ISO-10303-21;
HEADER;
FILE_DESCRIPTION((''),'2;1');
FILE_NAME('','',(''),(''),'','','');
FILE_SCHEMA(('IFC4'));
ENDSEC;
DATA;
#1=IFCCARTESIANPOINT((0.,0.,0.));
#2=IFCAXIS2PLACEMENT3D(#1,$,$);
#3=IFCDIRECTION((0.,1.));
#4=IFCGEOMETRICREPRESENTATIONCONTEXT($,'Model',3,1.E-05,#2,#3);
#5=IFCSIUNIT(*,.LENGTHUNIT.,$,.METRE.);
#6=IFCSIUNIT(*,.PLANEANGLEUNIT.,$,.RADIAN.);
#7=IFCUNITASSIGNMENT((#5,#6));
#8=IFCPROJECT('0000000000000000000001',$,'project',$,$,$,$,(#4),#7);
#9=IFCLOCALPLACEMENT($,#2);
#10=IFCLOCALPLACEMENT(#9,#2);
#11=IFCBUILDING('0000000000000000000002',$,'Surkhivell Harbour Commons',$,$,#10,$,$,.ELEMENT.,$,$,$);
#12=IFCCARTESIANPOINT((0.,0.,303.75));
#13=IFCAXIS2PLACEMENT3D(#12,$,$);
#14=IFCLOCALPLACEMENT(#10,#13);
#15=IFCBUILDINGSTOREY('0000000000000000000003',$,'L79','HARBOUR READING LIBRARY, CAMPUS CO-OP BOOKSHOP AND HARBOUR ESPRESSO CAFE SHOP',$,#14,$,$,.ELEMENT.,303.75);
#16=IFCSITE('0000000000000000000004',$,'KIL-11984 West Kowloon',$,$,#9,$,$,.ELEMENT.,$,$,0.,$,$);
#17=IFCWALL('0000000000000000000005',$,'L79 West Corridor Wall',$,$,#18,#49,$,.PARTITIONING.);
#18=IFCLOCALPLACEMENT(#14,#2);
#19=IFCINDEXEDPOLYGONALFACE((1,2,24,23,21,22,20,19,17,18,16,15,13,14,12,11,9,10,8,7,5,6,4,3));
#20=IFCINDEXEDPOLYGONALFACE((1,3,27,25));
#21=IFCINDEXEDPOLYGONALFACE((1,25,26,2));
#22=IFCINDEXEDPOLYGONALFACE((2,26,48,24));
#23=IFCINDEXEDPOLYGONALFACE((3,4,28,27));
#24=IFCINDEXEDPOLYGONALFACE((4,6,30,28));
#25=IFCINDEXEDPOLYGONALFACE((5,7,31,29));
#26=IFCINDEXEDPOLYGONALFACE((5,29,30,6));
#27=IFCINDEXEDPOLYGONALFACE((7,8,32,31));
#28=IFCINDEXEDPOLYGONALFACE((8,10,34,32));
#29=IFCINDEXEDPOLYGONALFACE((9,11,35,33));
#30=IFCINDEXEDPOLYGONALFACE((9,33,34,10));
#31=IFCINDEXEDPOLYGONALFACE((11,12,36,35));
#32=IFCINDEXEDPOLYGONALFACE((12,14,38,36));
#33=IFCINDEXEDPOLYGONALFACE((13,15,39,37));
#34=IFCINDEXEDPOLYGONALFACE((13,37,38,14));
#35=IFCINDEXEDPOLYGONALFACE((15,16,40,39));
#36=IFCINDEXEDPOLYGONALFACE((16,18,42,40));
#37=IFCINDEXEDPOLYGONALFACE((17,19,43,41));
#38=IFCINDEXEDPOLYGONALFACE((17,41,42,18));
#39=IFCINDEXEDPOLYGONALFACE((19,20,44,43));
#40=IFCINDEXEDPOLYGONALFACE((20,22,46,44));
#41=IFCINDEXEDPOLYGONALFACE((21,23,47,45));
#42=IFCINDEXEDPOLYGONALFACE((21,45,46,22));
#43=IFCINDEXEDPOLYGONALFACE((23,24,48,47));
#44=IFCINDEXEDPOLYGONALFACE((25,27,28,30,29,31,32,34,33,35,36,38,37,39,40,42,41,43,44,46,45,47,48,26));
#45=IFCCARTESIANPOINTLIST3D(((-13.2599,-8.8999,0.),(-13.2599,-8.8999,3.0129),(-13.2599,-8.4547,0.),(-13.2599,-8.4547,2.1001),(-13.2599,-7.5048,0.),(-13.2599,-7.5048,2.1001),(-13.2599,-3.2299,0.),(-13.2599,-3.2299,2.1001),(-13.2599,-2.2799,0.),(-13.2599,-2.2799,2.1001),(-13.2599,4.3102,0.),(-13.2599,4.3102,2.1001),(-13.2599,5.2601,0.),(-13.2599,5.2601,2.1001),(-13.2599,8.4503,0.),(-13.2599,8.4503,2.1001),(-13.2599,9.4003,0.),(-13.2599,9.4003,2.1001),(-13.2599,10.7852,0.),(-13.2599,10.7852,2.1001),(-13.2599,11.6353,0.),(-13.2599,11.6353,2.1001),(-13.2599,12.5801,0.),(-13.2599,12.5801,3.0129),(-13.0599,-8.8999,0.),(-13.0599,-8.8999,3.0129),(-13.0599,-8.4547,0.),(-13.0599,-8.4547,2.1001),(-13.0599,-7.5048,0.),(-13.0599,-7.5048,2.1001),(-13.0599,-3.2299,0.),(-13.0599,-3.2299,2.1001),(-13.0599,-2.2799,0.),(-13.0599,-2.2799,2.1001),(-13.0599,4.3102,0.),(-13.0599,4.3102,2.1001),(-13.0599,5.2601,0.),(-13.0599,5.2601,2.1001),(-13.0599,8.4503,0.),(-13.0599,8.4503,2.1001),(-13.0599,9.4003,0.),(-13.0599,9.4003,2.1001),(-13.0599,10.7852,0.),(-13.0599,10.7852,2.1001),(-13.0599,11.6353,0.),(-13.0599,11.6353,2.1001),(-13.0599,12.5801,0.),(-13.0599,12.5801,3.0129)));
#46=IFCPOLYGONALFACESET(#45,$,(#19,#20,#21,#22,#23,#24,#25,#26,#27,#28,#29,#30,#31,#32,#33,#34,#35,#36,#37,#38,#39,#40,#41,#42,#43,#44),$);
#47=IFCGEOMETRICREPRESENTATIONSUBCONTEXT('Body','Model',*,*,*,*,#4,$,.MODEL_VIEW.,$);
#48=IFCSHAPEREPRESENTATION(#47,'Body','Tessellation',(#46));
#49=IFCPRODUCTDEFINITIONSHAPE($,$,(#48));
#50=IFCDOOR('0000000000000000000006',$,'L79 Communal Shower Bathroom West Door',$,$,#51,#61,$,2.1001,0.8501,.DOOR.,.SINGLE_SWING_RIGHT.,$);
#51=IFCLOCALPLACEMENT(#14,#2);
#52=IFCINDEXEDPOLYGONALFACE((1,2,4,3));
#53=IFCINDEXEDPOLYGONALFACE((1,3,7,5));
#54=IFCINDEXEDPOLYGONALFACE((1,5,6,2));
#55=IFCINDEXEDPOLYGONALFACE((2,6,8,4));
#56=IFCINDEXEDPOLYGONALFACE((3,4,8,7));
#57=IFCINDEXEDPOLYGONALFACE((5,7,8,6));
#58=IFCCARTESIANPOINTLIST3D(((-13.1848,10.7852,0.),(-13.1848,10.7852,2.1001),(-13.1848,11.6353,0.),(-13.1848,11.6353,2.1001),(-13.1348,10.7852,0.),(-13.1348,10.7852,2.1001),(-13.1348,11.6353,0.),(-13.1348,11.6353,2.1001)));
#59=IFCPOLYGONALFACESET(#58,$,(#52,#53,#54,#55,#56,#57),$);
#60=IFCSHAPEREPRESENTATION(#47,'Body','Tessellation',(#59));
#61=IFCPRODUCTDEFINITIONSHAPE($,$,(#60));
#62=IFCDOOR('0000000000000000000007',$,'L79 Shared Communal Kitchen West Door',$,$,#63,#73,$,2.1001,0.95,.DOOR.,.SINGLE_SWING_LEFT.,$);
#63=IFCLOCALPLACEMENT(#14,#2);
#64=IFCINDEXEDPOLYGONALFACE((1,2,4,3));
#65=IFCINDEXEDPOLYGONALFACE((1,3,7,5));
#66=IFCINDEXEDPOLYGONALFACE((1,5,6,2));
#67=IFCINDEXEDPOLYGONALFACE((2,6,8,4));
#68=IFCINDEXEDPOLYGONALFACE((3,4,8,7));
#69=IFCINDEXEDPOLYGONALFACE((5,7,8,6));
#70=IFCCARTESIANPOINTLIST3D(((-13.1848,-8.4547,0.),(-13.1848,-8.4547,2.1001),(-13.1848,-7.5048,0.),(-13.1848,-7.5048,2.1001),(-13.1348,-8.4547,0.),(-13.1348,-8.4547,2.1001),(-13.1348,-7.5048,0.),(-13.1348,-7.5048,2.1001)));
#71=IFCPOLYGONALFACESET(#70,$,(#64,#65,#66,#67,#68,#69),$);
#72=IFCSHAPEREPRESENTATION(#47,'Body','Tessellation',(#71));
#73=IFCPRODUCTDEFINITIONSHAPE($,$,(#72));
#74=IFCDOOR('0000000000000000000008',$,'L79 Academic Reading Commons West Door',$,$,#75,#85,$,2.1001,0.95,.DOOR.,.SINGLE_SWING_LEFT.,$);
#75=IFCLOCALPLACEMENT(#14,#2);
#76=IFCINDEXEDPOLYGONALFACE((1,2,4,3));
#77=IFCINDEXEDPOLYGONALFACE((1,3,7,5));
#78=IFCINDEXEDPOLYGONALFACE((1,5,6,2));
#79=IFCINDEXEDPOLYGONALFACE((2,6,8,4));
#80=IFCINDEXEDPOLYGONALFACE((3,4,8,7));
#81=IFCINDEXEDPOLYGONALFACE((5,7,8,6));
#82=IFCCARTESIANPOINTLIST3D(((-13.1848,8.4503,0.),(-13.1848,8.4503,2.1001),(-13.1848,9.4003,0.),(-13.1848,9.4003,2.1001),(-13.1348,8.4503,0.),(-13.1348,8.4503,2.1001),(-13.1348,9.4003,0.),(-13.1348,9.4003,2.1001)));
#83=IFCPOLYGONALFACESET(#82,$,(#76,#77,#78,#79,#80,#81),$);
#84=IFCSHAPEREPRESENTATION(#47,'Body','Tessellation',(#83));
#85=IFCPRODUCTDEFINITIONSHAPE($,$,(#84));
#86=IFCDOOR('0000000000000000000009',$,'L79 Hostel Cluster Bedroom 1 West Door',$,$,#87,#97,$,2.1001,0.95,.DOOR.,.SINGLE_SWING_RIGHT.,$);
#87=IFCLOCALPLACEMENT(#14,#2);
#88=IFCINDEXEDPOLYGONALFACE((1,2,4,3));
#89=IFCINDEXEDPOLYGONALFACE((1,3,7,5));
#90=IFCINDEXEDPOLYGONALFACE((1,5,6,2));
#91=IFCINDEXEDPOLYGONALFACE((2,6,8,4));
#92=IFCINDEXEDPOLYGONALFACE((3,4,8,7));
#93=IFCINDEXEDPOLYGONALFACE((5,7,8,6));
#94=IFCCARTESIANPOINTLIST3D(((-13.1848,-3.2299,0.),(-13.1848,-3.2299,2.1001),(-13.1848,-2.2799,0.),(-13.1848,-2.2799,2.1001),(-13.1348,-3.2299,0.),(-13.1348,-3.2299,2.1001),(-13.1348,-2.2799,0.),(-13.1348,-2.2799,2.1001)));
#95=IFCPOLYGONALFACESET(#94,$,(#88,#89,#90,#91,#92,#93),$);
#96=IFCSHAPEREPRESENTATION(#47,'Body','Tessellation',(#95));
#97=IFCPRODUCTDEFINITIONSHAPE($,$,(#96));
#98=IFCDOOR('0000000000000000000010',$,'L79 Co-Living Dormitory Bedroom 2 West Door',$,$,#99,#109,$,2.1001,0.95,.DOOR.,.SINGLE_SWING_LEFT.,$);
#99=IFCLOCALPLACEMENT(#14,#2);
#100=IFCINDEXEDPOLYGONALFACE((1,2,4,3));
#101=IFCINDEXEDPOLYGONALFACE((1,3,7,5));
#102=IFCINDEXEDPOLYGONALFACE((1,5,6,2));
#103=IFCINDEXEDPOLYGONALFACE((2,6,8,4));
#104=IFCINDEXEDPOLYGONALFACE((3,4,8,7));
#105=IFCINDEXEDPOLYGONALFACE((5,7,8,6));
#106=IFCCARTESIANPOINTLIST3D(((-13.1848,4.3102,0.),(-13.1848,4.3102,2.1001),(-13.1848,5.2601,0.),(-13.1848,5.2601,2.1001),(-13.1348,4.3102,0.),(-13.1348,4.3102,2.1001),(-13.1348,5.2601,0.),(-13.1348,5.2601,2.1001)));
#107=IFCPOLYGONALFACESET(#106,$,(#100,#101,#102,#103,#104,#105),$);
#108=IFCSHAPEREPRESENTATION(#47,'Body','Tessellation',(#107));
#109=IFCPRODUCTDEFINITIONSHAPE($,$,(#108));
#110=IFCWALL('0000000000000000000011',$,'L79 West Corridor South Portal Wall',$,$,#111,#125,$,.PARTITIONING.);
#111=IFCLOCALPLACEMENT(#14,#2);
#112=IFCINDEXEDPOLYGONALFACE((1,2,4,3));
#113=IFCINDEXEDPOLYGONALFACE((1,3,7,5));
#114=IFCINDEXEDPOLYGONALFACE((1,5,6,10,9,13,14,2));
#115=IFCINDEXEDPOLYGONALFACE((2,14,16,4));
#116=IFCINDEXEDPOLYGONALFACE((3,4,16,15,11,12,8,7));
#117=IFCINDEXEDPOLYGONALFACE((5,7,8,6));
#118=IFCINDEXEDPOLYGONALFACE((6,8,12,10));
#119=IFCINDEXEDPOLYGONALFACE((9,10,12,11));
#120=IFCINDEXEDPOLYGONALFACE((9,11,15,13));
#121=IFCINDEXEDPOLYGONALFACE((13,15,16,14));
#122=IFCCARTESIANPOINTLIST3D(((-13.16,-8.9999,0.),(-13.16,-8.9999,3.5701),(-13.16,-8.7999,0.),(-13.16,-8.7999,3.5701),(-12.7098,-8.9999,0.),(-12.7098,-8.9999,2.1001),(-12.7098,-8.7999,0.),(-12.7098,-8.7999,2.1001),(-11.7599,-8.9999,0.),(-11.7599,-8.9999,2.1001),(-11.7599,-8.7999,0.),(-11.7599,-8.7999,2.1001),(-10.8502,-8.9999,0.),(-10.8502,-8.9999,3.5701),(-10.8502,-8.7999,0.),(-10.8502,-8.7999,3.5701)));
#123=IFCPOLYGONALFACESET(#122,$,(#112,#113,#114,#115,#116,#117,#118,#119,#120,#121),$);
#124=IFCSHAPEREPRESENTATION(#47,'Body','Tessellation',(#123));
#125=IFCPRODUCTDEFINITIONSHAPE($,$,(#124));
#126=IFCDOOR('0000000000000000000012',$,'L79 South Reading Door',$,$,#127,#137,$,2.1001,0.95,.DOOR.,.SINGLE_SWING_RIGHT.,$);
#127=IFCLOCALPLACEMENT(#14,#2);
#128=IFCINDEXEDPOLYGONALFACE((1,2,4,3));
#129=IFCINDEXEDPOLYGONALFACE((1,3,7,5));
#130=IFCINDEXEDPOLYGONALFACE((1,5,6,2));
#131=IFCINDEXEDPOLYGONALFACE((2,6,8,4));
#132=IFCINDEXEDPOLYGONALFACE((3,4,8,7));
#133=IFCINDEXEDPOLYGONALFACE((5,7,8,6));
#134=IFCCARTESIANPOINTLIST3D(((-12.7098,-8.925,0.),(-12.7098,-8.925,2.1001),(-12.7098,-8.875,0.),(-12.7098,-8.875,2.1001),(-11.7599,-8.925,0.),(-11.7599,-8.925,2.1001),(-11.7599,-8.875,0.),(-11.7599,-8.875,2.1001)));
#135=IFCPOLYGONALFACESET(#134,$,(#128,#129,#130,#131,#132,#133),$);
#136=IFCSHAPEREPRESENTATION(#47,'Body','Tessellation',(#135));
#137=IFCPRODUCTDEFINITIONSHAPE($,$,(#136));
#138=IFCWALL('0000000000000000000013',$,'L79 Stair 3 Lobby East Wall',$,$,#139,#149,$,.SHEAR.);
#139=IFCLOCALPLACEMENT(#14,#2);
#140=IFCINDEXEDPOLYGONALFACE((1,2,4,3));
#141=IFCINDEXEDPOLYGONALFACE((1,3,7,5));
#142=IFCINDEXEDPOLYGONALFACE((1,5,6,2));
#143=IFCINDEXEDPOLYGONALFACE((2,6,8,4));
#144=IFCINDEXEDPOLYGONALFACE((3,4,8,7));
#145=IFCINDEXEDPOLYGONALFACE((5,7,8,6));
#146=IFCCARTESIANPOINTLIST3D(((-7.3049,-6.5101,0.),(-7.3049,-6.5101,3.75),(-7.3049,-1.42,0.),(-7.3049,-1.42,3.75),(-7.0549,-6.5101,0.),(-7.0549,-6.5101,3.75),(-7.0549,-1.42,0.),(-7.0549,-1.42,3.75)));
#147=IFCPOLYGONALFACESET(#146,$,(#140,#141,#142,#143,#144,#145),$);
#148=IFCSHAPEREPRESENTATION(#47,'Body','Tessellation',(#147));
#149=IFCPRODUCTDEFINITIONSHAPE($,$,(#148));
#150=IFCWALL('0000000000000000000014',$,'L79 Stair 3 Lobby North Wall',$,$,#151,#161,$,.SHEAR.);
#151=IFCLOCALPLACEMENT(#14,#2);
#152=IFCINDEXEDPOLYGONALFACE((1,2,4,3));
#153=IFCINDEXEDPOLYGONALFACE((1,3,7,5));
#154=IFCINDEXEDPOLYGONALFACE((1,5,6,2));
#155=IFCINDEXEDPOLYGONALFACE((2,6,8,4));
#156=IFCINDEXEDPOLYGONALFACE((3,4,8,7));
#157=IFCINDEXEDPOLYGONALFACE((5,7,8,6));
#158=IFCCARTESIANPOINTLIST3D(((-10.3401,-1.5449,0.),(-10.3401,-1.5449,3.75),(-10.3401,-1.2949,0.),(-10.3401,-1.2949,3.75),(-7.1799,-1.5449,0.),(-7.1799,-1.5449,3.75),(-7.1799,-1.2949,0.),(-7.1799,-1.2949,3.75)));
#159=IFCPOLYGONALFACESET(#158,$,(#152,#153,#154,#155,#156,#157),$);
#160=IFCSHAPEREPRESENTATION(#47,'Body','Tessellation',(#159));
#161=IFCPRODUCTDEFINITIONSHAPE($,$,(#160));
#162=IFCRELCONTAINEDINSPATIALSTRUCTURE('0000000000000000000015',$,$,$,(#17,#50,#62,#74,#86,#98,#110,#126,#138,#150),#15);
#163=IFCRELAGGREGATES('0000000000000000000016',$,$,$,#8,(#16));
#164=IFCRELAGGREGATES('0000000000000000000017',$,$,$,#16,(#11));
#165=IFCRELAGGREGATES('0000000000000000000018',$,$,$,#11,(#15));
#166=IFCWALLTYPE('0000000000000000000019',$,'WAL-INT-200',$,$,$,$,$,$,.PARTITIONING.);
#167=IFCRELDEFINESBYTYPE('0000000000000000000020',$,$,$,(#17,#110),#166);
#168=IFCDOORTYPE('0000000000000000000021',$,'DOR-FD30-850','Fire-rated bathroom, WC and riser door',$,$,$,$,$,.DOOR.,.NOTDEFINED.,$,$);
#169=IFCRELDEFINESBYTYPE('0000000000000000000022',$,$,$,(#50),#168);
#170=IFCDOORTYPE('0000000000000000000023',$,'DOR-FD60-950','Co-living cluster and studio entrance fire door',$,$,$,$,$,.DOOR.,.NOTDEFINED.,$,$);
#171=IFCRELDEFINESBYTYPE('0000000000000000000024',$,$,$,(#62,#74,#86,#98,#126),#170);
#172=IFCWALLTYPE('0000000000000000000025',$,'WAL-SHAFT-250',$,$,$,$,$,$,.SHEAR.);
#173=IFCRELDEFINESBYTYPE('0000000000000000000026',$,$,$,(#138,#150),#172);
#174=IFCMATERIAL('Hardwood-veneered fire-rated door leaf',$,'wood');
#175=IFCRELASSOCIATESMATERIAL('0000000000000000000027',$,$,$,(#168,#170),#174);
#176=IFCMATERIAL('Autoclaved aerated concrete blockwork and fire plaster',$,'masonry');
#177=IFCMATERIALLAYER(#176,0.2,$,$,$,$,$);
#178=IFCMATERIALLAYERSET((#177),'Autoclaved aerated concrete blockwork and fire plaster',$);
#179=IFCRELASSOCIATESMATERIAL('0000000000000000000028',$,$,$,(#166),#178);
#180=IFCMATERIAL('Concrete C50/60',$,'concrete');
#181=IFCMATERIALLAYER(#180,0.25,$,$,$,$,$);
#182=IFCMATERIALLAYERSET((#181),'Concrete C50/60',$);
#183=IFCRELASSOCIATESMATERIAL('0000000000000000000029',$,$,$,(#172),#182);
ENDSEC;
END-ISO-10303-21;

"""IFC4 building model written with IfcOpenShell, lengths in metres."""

from ifc_helpers import new_model, si_unit, direction, frame, frame_2d, origin, place, context, subcontext, project, spatial, rectangle, extrude, material, layer, layer_set, type_object, element, fill, save


model = new_model("IFC4")

# Units and contexts
model_context = context("Model", 3, precision=1e-05, world=origin(), true_north=direction((0.0, 1.0)))
body_context = subcontext(model_context, "Body", "Model", "MODEL_VIEW")
ifc_project = project(units=[si_unit("LENGTHUNIT", "METRE"), si_unit("PLANEANGLEUNIT", "RADIAN")], contexts=[model_context])

# Site, building, storey
site_placement = place(None, origin())
site = spatial("IfcSite", under=ifc_project, at=site_placement, Name="KIL-11984 West Kowloon", CompositionType="ELEMENT", RefElevation=0.0)
building_placement = place(site_placement, origin())
building = spatial("IfcBuilding", under=site, at=building_placement, Name="Surkhivell Harbour Commons", CompositionType="ELEMENT")
storey_placement = place(building_placement, frame((0.0, 0.0, 303.75)))
storey = spatial("IfcBuildingStorey", under=building, at=storey_placement, Name="L79", Description="HARBOUR READING LIBRARY, CAMPUS CO-OP BOOKSHOP AND HARBOUR ESPRESSO CAFE SHOP", CompositionType="ELEMENT", Elevation=303.75)

# Shared definitions
ifc_material_1 = material(Name="Concrete C50/60", Category="concrete")

# Shared definitions
ifc_material_2 = material(Name="Hardwood-veneered fire-rated door leaf", Category="wood")
door_type_1 = type_object("IfcDoorType", Name="DOR-FD30-850", Description="Fire-rated bathroom, WC and riser door", OperationType="NOTDEFINED", PredefinedType="DOOR", material=ifc_material_2)

# Wall, openings, doors
ifc_material_3 = material(Name="Autoclaved aerated concrete blockwork and fire plaster", Category="masonry")
ifc_layer_1 = layer(ifc_material_3, 0.2)
ifc_layer_set_1 = layer_set([ifc_layer_1], Name="Autoclaved aerated concrete blockwork and fire plaster")
wall_type_1 = type_object("IfcWallType", Name="WAL-INT-200", PredefinedType="PARTITIONING", material=ifc_layer_set_1)
wall_1_placement = place(storey_placement, frame((-13.1599, -8.8999, 0.0), z_axis=(0.0, 0.0, 1.0), x_axis=(0.0, 1.0, 0.0)))
wall_1 = element("IfcWall", 1, at=wall_1_placement, inside=storey, type_object=wall_type_1, Name="L79 West Corridor Wall", PredefinedType="PARTITIONING", context=body_context, shape_type="SweptSolid", body=[
    extrude(rectangle(XDim=21.48, YDim=0.2, at=frame_2d((10.74, 0.0))), origin(), (0.0, 0.0, 1.0), 3.0129),
])
opening_1_placement = place(wall_1_placement, frame((0.4451, 0.0, 0.0)))
opening_1 = element("IfcOpeningElement", 2, at=opening_1_placement, cuts=wall_1, PredefinedType="OPENING", context=body_context, shape_type="SweptSolid", body=[
    extrude(rectangle(XDim=0.95, YDim=2.1001, at=frame_2d((0.4751, 1.05))), frame((0.0, 0.1099, 0.0), z_axis=(0.0, -1.0, 0.0), x_axis=(1.0, 0.0, 0.0)), (0.0, 0.0, 1.0), 0.22),
])
opening_2_placement = place(wall_1_placement, frame((19.6851, 0.0, 0.0)))
opening_2 = element("IfcOpeningElement", 3, at=opening_2_placement, cuts=wall_1, PredefinedType="OPENING", context=body_context, shape_type="SweptSolid", body=[
    extrude(rectangle(XDim=0.8501, YDim=2.1001, at=frame_2d((0.425, 1.05))), frame((0.0, 0.1099, 0.0), z_axis=(0.0, -1.0, 0.0), x_axis=(1.0, 0.0, 0.0)), (0.0, 0.0, 1.0), 0.22),
])
opening_3_placement = place(wall_1_placement, frame((17.3501, 0.0, 0.0)))
opening_3 = element("IfcOpeningElement", 4, at=opening_3_placement, cuts=wall_1, PredefinedType="OPENING", context=body_context, shape_type="SweptSolid", body=[
    extrude(rectangle(XDim=0.95, YDim=2.1001, at=frame_2d((0.4751, 1.05))), frame((0.0, 0.1099, 0.0), z_axis=(0.0, -1.0, 0.0), x_axis=(1.0, 0.0, 0.0)), (0.0, 0.0, 1.0), 0.22),
])
opening_4_placement = place(wall_1_placement, frame((5.6699, 0.0, 0.0)))
opening_4 = element("IfcOpeningElement", 5, at=opening_4_placement, cuts=wall_1, PredefinedType="OPENING", context=body_context, shape_type="SweptSolid", body=[
    extrude(rectangle(XDim=0.95, YDim=2.1001, at=frame_2d((0.4751, 1.05))), frame((0.0, 0.1099, 0.0), z_axis=(0.0, -1.0, 0.0), x_axis=(1.0, 0.0, 0.0)), (0.0, 0.0, 1.0), 0.22),
])
opening_5_placement = place(wall_1_placement, frame((13.21, 0.0, 0.0)))
opening_5 = element("IfcOpeningElement", 6, at=opening_5_placement, cuts=wall_1, PredefinedType="OPENING", context=body_context, shape_type="SweptSolid", body=[
    extrude(rectangle(XDim=0.95, YDim=2.1001, at=frame_2d((0.4751, 1.05))), frame((0.0, 0.1099, 0.0), z_axis=(0.0, -1.0, 0.0), x_axis=(1.0, 0.0, 0.0)), (0.0, 0.0, 1.0), 0.22),
])
door_1_placement = place(opening_2_placement, origin())
door_1 = element("IfcDoor", 7, at=door_1_placement, inside=storey, type_object=door_type_1, Name="L79 Communal Shower Bathroom West Door", OperationType="SINGLE_SWING_RIGHT", OverallHeight=2.1001, OverallWidth=0.8501, PredefinedType="DOOR", context=body_context, shape_type="SweptSolid", body=[
    extrude(rectangle(XDim=0.8501, YDim=2.1001, at=frame_2d((0.425, 1.05))), frame((0.0, 0.0249, 0.0), z_axis=(0.0, -1.0, 0.0), x_axis=(1.0, 0.0, 0.0)), (0.0, 0.0, 1.0), 0.05),
])
fill(opening_2, door_1)
door_type_2 = type_object("IfcDoorType", Name="DOR-FD60-950", Description="Co-living cluster and studio entrance fire door", OperationType="NOTDEFINED", PredefinedType="DOOR", material=ifc_material_2)
door_2_placement = place(opening_1_placement, origin())
door_2 = element("IfcDoor", 8, at=door_2_placement, inside=storey, type_object=door_type_2, Name="L79 Shared Communal Kitchen West Door", OperationType="SINGLE_SWING_LEFT", OverallHeight=2.1001, OverallWidth=0.95, PredefinedType="DOOR", context=body_context, shape_type="SweptSolid", body=[
    extrude(rectangle(XDim=0.95, YDim=2.1001, at=frame_2d((0.4751, 1.05))), frame((0.0, 0.0249, 0.0), z_axis=(0.0, -1.0, 0.0), x_axis=(1.0, 0.0, 0.0)), (0.0, 0.0, 1.0), 0.05),
])
fill(opening_1, door_2)
door_3_placement = place(opening_3_placement, origin())
door_3 = element("IfcDoor", 9, at=door_3_placement, inside=storey, type_object=door_type_2, Name="L79 Academic Reading Commons West Door", OperationType="SINGLE_SWING_LEFT", OverallHeight=2.1001, OverallWidth=0.95, PredefinedType="DOOR", context=body_context, shape_type="SweptSolid", body=[
    extrude(rectangle(XDim=0.95, YDim=2.1001, at=frame_2d((0.4751, 1.05))), frame((0.0, 0.0249, 0.0), z_axis=(0.0, -1.0, 0.0), x_axis=(1.0, 0.0, 0.0)), (0.0, 0.0, 1.0), 0.05),
])
fill(opening_3, door_3)
door_4_placement = place(opening_4_placement, origin())
door_4 = element("IfcDoor", 10, at=door_4_placement, inside=storey, type_object=door_type_2, Name="L79 Hostel Cluster Bedroom 1 West Door", OperationType="SINGLE_SWING_RIGHT", OverallHeight=2.1001, OverallWidth=0.95, PredefinedType="DOOR", context=body_context, shape_type="SweptSolid", body=[
    extrude(rectangle(XDim=0.95, YDim=2.1001, at=frame_2d((0.4751, 1.05))), frame((0.0, 0.0249, 0.0), z_axis=(0.0, -1.0, 0.0), x_axis=(1.0, 0.0, 0.0)), (0.0, 0.0, 1.0), 0.05),
])
fill(opening_4, door_4)
door_5_placement = place(opening_5_placement, origin())
door_5 = element("IfcDoor", 11, at=door_5_placement, inside=storey, type_object=door_type_2, Name="L79 Co-Living Dormitory Bedroom 2 West Door", OperationType="SINGLE_SWING_LEFT", OverallHeight=2.1001, OverallWidth=0.95, PredefinedType="DOOR", context=body_context, shape_type="SweptSolid", body=[
    extrude(rectangle(XDim=0.95, YDim=2.1001, at=frame_2d((0.4751, 1.05))), frame((0.0, 0.0249, 0.0), z_axis=(0.0, -1.0, 0.0), x_axis=(1.0, 0.0, 0.0)), (0.0, 0.0, 1.0), 0.05),
])
fill(opening_5, door_5)

# Wall, opening, door
wall_2_placement = place(storey_placement, frame((-13.1599, -8.8999, 0.0), z_axis=(0.0, 0.0, 1.0), x_axis=(1.0, 0.0, 0.0)))
wall_2 = element("IfcWall", 12, at=wall_2_placement, inside=storey, type_object=wall_type_1, Name="L79 West Corridor South Portal Wall", PredefinedType="PARTITIONING", context=body_context, shape_type="SweptSolid", body=[
    extrude(rectangle(XDim=2.3098, YDim=0.2, at=frame_2d((1.1548, 0.0))), origin(), (0.0, 0.0, 1.0), 3.5701),
])
opening_6_placement = place(wall_2_placement, frame((0.45, 0.0, 0.0)))
opening_6 = element("IfcOpeningElement", 13, at=opening_6_placement, cuts=wall_2, PredefinedType="OPENING", context=body_context, shape_type="SweptSolid", body=[
    extrude(rectangle(XDim=0.95, YDim=2.1001, at=frame_2d((0.4751, 1.05))), frame((0.0, 0.1099, 0.0), z_axis=(0.0, -1.0, 0.0), x_axis=(1.0, 0.0, 0.0)), (0.0, 0.0, 1.0), 0.22),
])
door_6_placement = place(opening_6_placement, origin())
door_6 = element("IfcDoor", 14, at=door_6_placement, inside=storey, type_object=door_type_2, Name="L79 South Reading Door", OperationType="SINGLE_SWING_RIGHT", OverallHeight=2.1001, OverallWidth=0.95, PredefinedType="DOOR", context=body_context, shape_type="SweptSolid", body=[
    extrude(rectangle(XDim=0.95, YDim=2.1001, at=frame_2d((0.4751, 1.05))), frame((0.0, 0.0249, 0.0), z_axis=(0.0, -1.0, 0.0), x_axis=(1.0, 0.0, 0.0)), (0.0, 0.0, 1.0), 0.05),
])
fill(opening_6, door_6)

# Walls
ifc_layer_2 = layer(ifc_material_1, 0.25)
ifc_layer_set_2 = layer_set([ifc_layer_2], Name="Concrete C50/60")
wall_type_2 = type_object("IfcWallType", Name="WAL-SHAFT-250", PredefinedType="SHEAR", material=ifc_layer_set_2)
wall_3_placement = place(storey_placement, frame((-7.1799, -6.51, 0.0), z_axis=(0.0, 0.0, 1.0), x_axis=(0.0, 1.0, 0.0)))
element("IfcWall", 15, at=wall_3_placement, inside=storey, type_object=wall_type_2, Name="L79 Stair 3 Lobby East Wall", PredefinedType="SHEAR", context=body_context, shape_type="SweptSolid", body=[
    extrude(rectangle(XDim=5.0901, YDim=0.25, at=frame_2d((2.5449, 0.0))), origin(), (0.0, 0.0, 1.0), 3.75),
])
wall_4_placement = place(storey_placement, frame((-10.3401, -1.4199, 0.0), z_axis=(0.0, 0.0, 1.0), x_axis=(1.0, 0.0, 0.0)))
element("IfcWall", 16, at=wall_4_placement, inside=storey, type_object=wall_type_2, Name="L79 Stair 3 Lobby North Wall", PredefinedType="SHEAR", context=body_context, shape_type="SweptSolid", body=[
    extrude(rectangle(XDim=3.1602, YDim=0.25, at=frame_2d((1.5801, 0.0))), origin(), (0.0, 0.0, 1.0), 3.75),
])

save(model, "model.ifc")
